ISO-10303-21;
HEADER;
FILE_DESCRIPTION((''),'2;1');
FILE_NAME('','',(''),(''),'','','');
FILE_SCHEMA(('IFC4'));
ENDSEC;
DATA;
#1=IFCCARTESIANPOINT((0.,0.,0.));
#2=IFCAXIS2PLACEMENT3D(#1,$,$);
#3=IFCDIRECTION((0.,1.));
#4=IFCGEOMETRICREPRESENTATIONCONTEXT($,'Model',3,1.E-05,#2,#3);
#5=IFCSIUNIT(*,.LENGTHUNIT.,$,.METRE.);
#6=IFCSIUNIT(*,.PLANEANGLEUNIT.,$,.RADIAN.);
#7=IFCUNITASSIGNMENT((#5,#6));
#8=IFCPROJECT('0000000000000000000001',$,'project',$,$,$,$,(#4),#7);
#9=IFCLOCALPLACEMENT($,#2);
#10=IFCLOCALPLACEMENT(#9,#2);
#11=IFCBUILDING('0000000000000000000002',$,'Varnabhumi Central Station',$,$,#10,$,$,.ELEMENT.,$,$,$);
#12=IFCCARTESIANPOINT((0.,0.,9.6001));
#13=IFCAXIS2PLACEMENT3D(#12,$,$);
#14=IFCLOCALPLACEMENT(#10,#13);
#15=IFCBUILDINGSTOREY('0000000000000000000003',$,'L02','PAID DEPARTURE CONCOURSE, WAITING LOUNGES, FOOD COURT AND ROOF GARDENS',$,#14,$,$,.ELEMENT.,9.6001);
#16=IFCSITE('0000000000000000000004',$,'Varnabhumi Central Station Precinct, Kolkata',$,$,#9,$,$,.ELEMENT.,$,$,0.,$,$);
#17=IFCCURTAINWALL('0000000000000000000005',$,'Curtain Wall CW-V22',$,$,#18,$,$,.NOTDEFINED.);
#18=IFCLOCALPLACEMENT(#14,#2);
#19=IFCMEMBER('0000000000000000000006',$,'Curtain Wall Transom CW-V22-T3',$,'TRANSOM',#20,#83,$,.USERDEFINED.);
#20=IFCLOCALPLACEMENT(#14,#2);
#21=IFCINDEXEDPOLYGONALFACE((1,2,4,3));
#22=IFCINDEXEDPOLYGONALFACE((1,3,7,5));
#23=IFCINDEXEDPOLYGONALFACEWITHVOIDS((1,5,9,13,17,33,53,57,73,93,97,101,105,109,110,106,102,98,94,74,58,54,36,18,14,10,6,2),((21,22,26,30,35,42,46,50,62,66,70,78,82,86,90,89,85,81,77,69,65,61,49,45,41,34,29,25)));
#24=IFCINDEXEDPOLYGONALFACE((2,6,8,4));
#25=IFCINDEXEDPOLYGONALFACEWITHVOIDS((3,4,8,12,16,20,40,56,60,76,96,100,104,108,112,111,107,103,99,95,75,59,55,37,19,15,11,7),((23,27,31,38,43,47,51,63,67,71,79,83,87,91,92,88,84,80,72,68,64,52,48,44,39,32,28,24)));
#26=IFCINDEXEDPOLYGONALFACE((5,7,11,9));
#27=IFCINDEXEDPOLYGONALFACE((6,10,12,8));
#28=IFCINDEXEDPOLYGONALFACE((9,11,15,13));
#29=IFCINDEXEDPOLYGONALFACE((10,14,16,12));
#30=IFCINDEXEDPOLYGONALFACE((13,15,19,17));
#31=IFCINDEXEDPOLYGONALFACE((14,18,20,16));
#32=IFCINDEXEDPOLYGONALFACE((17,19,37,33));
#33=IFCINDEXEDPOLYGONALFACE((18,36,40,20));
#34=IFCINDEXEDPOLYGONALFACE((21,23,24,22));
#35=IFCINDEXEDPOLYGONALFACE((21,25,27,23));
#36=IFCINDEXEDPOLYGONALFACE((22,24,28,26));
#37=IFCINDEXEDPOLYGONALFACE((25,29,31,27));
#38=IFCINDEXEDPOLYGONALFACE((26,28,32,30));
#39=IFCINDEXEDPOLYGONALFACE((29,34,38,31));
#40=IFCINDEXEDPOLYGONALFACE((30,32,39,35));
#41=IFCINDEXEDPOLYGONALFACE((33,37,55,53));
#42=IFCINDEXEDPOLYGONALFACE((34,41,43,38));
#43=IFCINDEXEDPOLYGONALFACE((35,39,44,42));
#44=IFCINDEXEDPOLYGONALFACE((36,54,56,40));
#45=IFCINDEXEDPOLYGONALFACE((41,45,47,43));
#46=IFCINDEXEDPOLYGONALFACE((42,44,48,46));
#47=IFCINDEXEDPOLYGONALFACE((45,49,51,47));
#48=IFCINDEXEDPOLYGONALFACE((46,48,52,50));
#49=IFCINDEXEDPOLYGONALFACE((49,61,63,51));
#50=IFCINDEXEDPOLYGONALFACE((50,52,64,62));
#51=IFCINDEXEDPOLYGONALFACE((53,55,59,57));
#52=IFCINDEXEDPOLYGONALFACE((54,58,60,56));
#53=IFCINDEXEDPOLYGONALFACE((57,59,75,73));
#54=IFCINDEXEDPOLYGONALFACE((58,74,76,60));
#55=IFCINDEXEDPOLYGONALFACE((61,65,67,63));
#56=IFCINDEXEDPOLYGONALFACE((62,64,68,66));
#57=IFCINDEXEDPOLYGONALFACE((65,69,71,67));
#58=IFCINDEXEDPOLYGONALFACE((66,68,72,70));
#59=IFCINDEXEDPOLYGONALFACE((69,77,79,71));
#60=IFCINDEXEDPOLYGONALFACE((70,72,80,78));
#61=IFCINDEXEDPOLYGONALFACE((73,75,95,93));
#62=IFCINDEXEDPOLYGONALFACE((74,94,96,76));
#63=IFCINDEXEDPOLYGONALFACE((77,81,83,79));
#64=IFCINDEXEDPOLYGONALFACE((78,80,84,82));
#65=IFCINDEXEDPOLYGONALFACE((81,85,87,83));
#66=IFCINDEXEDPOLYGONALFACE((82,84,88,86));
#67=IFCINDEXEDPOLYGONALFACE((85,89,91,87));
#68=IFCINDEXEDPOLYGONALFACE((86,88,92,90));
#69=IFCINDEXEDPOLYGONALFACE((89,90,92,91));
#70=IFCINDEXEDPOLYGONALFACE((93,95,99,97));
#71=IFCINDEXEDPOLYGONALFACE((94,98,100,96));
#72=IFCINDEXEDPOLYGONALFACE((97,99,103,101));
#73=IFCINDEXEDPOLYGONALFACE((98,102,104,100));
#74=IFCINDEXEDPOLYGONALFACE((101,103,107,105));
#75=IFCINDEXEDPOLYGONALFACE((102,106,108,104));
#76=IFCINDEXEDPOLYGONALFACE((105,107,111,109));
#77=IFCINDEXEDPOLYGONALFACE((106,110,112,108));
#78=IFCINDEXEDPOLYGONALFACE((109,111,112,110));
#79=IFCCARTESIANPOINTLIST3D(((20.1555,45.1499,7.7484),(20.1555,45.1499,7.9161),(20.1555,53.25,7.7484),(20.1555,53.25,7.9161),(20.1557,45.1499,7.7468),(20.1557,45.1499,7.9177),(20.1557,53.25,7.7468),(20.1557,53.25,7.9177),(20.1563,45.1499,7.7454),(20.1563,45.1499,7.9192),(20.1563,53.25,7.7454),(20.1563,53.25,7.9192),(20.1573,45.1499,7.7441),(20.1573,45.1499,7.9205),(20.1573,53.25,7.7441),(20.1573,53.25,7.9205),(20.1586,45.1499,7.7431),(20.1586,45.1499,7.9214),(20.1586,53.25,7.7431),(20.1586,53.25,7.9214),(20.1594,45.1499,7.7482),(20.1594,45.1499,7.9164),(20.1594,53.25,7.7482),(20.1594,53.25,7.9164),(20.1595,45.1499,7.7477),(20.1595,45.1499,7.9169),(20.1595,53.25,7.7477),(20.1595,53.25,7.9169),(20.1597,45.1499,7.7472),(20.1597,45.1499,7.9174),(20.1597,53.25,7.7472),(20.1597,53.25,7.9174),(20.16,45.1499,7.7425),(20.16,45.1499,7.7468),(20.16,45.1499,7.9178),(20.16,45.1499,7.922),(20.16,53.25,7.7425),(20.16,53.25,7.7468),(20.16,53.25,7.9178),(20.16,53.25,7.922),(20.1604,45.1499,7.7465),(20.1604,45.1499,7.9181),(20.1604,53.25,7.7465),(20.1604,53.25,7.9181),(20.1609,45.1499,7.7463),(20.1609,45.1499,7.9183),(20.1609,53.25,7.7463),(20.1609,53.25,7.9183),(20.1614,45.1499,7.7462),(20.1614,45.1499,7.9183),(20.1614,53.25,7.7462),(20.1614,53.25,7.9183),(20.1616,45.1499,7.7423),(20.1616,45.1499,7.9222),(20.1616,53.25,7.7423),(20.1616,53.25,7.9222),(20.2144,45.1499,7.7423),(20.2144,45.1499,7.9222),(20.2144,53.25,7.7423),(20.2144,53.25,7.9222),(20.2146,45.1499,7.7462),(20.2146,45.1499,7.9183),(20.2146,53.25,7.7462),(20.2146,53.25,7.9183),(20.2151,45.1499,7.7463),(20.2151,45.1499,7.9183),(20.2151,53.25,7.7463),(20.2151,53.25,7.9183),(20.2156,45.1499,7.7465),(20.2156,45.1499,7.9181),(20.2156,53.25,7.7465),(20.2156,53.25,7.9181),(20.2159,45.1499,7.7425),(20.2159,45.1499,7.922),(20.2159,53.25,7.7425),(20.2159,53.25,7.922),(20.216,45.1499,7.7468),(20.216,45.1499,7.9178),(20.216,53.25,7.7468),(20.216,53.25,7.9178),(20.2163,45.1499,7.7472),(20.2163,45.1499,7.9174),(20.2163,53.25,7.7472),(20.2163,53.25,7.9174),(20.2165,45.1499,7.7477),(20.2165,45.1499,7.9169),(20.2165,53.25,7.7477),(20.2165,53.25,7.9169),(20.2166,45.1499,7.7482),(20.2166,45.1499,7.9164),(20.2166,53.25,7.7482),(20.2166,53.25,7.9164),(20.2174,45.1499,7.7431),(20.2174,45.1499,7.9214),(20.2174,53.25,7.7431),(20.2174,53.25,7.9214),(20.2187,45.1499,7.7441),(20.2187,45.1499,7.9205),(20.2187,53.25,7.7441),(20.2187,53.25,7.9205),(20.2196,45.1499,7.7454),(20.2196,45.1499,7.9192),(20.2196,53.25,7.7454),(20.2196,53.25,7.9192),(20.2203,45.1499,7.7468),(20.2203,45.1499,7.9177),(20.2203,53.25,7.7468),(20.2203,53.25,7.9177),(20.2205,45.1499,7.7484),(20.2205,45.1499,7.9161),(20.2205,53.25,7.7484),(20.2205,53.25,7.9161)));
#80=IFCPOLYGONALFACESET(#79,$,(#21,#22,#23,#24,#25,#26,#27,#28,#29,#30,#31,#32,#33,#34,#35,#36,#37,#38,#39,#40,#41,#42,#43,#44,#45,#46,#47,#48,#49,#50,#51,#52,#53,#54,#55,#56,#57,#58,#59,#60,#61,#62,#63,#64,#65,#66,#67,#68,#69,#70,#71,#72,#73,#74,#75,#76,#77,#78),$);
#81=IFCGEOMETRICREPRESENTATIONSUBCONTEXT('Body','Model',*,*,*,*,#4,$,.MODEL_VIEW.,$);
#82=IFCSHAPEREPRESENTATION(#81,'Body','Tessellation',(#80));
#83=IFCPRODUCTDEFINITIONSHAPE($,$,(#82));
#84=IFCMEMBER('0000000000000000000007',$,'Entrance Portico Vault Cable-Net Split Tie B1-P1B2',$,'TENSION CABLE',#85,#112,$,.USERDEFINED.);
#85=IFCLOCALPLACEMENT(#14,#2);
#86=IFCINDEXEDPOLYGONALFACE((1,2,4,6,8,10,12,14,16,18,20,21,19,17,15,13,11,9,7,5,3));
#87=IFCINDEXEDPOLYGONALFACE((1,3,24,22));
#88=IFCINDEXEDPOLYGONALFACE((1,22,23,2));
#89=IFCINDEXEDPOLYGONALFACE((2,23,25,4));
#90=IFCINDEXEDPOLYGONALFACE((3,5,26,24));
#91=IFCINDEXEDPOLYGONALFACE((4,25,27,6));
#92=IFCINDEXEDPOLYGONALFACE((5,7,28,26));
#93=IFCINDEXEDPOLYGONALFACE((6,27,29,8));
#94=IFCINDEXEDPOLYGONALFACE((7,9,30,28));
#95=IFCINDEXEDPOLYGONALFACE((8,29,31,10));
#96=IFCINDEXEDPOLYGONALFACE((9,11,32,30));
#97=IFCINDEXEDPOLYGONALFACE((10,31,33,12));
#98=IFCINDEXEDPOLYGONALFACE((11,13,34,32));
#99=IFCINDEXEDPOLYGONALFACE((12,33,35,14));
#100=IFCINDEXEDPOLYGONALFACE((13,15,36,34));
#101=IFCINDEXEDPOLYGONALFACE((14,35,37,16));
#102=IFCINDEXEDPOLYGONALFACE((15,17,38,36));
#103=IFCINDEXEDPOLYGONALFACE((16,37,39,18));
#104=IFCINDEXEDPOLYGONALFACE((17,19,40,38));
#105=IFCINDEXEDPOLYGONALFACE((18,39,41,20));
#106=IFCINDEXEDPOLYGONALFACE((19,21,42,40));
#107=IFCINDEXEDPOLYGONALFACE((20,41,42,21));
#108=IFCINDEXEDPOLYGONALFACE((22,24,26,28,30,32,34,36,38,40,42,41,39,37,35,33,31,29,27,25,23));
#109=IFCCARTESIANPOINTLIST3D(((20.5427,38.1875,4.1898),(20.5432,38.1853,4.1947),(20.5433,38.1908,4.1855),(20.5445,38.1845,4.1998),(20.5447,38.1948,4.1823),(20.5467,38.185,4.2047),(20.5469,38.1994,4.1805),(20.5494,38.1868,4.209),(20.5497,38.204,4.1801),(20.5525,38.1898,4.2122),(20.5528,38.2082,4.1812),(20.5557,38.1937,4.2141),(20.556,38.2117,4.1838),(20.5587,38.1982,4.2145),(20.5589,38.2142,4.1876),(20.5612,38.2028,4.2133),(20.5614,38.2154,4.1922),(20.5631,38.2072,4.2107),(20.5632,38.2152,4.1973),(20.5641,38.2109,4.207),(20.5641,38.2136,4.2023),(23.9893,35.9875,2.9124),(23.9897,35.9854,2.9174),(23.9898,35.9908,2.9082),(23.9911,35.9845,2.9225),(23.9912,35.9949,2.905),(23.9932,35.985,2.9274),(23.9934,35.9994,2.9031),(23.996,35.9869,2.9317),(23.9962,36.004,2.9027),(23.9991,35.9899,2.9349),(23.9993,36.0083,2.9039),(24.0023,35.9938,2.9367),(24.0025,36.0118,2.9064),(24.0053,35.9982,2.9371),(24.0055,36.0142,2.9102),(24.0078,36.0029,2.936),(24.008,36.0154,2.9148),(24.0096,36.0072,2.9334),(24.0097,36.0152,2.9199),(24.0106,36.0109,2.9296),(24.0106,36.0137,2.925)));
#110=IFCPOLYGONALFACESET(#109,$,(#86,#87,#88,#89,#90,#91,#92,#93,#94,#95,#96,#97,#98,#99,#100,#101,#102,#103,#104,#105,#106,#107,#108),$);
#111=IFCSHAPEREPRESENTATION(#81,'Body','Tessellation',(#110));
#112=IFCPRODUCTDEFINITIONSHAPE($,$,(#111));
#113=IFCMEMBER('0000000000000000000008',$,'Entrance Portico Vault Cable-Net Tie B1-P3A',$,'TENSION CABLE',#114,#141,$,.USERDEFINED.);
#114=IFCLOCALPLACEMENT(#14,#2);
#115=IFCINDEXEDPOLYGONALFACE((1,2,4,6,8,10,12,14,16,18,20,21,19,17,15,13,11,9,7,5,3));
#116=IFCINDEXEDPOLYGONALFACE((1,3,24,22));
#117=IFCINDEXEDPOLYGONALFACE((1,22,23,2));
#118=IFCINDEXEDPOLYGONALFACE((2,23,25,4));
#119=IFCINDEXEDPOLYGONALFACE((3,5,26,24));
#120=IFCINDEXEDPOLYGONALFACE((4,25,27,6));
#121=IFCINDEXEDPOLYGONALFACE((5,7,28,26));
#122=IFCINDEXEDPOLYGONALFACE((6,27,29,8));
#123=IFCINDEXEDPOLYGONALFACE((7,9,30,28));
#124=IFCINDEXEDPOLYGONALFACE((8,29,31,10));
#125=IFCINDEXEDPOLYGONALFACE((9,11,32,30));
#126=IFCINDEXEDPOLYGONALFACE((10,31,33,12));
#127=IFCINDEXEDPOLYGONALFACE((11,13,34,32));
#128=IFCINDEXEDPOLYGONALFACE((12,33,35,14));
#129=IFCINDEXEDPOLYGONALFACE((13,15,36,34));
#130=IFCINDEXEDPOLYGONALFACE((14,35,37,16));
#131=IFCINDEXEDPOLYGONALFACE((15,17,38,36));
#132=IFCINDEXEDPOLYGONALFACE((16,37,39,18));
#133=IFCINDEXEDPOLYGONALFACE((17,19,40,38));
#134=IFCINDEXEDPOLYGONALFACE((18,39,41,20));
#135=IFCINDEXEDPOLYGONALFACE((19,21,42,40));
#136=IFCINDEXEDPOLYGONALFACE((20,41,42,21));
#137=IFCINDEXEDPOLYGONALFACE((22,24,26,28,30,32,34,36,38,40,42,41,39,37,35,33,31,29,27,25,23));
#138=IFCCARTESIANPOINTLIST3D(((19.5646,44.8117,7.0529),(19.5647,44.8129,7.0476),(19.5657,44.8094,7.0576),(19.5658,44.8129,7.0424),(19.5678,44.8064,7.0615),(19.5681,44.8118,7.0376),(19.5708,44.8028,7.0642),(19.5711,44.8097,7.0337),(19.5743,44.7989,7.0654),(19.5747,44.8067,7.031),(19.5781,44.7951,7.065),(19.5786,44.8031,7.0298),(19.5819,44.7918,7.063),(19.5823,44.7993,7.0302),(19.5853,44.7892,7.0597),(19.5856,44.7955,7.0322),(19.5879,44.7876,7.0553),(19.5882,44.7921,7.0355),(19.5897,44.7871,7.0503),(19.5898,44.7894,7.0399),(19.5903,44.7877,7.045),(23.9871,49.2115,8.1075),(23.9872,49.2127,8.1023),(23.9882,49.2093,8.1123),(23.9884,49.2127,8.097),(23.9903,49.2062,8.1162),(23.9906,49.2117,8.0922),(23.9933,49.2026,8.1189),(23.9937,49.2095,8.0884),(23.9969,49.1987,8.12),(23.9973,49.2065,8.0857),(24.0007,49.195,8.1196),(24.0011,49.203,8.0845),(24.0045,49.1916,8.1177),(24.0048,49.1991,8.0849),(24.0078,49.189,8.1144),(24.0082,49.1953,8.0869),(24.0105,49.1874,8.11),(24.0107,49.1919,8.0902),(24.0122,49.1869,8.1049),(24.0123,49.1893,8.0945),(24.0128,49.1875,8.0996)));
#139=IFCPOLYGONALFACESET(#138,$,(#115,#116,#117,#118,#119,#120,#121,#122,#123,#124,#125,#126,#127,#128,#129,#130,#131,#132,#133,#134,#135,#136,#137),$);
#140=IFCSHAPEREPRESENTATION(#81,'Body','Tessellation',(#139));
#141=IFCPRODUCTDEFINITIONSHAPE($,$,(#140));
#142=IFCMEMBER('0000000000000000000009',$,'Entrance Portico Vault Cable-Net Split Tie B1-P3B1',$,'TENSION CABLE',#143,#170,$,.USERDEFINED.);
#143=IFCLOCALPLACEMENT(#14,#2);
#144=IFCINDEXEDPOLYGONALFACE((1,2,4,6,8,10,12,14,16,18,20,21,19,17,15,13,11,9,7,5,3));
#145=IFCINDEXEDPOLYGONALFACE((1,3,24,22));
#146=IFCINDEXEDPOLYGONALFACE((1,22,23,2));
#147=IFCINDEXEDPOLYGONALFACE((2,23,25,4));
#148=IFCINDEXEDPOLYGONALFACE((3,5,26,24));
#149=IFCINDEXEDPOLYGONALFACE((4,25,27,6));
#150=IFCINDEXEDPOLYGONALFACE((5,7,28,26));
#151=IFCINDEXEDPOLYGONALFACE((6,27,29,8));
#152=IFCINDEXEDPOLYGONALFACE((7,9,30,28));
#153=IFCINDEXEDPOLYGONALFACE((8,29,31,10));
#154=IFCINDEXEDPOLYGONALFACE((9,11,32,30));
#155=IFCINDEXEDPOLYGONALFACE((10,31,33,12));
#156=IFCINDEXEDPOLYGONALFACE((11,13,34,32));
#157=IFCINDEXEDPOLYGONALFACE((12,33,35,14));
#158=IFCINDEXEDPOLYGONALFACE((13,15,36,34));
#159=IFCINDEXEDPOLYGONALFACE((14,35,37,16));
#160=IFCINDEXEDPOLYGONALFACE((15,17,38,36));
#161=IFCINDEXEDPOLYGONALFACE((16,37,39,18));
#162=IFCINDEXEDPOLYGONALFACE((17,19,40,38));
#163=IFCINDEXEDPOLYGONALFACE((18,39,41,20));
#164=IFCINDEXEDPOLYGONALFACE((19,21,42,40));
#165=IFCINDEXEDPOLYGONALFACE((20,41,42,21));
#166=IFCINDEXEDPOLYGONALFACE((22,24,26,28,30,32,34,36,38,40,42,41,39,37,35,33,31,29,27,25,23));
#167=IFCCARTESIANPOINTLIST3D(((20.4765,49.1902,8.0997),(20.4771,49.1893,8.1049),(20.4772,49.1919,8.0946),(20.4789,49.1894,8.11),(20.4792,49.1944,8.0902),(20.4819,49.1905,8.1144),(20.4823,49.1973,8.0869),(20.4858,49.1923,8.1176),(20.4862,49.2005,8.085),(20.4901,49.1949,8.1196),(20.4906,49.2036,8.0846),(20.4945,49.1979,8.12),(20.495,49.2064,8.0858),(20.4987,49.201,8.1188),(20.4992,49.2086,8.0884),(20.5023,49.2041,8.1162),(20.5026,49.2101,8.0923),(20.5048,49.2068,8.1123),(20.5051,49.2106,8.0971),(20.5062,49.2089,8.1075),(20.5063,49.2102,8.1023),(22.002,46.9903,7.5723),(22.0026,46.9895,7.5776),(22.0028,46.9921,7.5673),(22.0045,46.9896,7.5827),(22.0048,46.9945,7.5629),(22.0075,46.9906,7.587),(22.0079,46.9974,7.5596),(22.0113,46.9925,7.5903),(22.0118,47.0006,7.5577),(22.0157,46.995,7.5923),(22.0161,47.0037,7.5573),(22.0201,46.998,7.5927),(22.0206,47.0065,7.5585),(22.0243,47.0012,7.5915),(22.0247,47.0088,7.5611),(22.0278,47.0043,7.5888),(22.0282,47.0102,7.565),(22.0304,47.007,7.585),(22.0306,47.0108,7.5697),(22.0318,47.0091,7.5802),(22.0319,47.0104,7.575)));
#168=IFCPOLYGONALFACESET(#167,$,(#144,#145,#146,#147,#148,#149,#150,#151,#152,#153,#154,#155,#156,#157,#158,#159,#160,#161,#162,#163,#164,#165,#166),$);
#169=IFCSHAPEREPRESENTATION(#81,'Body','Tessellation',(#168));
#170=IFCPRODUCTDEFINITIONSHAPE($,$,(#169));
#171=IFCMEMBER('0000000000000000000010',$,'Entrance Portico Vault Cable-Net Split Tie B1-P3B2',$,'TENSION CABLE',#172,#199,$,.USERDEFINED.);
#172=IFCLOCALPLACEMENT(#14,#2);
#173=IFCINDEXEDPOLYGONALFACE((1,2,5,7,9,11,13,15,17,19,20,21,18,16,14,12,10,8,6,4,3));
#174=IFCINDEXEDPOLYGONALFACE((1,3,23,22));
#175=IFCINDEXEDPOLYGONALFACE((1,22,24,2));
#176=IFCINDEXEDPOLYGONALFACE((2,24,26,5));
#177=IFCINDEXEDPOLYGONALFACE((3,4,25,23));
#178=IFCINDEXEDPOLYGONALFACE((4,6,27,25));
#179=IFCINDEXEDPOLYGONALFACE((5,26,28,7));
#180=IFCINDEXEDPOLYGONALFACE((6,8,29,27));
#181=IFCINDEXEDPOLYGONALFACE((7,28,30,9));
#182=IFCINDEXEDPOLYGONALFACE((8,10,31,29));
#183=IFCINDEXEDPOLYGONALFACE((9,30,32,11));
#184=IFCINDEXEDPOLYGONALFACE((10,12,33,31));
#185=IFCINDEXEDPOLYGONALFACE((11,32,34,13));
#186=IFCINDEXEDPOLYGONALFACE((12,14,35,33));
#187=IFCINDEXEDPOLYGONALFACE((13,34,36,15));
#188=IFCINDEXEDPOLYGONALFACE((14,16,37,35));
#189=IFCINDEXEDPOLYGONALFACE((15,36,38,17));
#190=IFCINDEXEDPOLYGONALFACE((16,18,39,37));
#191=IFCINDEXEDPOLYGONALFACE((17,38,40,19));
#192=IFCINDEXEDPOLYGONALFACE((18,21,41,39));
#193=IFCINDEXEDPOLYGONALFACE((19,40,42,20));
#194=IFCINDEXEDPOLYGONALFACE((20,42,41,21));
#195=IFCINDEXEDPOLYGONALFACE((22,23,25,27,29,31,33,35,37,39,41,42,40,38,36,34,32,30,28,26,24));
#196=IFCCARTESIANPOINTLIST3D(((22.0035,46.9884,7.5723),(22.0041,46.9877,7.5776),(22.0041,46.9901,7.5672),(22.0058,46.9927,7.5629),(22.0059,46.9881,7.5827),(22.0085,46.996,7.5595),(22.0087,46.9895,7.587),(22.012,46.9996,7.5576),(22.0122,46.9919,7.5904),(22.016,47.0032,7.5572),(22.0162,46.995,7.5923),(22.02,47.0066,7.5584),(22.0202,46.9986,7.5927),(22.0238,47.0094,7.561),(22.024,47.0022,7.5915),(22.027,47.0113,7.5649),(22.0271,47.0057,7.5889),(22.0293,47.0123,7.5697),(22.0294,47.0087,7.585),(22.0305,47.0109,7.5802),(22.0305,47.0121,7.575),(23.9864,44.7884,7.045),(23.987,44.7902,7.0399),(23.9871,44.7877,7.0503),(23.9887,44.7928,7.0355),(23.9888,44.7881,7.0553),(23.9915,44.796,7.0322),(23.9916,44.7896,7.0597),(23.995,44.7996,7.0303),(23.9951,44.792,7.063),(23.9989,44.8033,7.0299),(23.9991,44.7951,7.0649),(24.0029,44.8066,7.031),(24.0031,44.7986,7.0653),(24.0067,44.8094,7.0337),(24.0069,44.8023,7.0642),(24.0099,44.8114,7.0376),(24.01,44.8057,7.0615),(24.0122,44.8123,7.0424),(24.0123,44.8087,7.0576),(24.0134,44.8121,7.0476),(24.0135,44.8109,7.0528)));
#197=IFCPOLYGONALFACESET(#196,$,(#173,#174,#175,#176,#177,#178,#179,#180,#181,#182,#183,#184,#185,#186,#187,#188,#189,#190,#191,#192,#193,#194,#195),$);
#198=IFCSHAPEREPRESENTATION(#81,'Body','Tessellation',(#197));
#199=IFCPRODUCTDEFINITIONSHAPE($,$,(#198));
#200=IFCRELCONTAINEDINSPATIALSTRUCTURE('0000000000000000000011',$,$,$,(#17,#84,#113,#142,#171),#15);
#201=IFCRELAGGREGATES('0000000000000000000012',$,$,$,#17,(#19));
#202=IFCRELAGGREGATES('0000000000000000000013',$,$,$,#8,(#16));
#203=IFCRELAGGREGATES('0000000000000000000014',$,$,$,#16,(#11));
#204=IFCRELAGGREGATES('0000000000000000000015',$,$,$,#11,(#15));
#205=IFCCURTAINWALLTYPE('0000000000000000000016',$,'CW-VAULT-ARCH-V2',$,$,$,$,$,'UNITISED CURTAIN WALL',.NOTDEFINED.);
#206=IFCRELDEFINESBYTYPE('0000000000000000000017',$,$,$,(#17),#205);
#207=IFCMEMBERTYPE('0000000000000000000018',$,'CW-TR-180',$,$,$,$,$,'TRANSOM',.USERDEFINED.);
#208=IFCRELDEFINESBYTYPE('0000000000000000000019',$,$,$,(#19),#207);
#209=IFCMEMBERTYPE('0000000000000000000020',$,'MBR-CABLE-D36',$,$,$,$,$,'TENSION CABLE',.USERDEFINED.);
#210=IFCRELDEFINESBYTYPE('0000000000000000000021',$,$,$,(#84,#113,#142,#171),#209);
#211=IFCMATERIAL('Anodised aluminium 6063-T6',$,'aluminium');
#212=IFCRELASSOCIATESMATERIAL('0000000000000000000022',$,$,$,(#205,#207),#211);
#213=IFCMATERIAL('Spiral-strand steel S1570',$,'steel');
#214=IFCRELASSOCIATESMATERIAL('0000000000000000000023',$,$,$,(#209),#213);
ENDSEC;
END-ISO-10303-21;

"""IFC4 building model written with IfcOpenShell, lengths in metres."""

from ifc_helpers import new_model, si_unit, direction, frame, origin, origin_2d, place, context, subcontext, project, spatial, hollow_rectangle, circle, extrude, material, material_profile, profile_set, type_object, element, aggregate, save


model = new_model("IFC4")

# Units and contexts
model_context = context("Model", 3, precision=1e-05, world=origin(), true_north=direction((0.0, 1.0)))
body_context = subcontext(model_context, "Body", "Model", "MODEL_VIEW")
ifc_project = project(units=[si_unit("LENGTHUNIT", "METRE"), si_unit("PLANEANGLEUNIT", "RADIAN")], contexts=[model_context])

# Site, building, storey
site_placement = place(None, origin())
site = spatial("IfcSite", under=ifc_project, at=site_placement, Name="Varnabhumi Central Station Precinct, Kolkata", CompositionType="ELEMENT", RefElevation=0.0)
building_placement = place(site_placement, origin())
building = spatial("IfcBuilding", under=site, at=building_placement, Name="Varnabhumi Central Station", CompositionType="ELEMENT")
storey_placement = place(building_placement, frame((0.0, 0.0, 9.6001)))
storey = spatial("IfcBuildingStorey", under=building, at=storey_placement, Name="L02", Description="PAID DEPARTURE CONCOURSE, WAITING LOUNGES, FOOD COURT AND ROOF GARDENS", CompositionType="ELEMENT", Elevation=9.6001)

# Curtain wall, member
ifc_material_1 = material(Name="Anodised aluminium 6063-T6", Category="aluminium")
curtain_wall_type = type_object("IfcCurtainWallType", Name="CW-VAULT-ARCH-V2", ElementType="UNITISED CURTAIN WALL", PredefinedType="NOTDEFINED", material=ifc_material_1)
curtain_wall_placement = place(storey_placement, origin())
curtain_wall = element("IfcCurtainWall", 1, at=curtain_wall_placement, inside=storey, type_object=curtain_wall_type, Name="Curtain Wall CW-V22", PredefinedType="NOTDEFINED")
ifc_material_profile_1 = material_profile(ifc_material_1, hollow_rectangle(XDim=0.0649, YDim=0.1799, WallThickness=0.0039, InnerFilletRadius=0.002, OuterFilletRadius=0.0061, at=origin_2d()), Name="Anodised aluminium 6063-T6", Category="aluminium")
ifc_profile_set_1 = profile_set([ifc_material_profile_1], Name="Anodised aluminium 6063-T6")
member_type_1 = type_object("IfcMemberType", Name="CW-TR-180", ElementType="TRANSOM", PredefinedType="USERDEFINED", material=ifc_profile_set_1)
member_1_placement = place(storey_placement, frame((20.188, 45.1499, 7.8323), z_axis=(0.0, 1.0, 0.0), x_axis=(-1.0, 0.0, 0.0)))
member_1 = element("IfcMember", 2, at=member_1_placement, type_object=member_type_1, Name="Curtain Wall Transom CW-V22-T3", ObjectType="TRANSOM", PredefinedType="USERDEFINED", context=body_context, shape_type="SweptSolid", body=[
    extrude(hollow_rectangle(XDim=0.0649, YDim=0.1799, WallThickness=0.0039, InnerFilletRadius=0.002, OuterFilletRadius=0.0061, at=origin_2d()), origin(), (0.0, 0.0, 1.0), 8.1001),
])

# Members
ifc_material_2 = material(Name="Spiral-strand steel S1570", Category="steel")
ifc_material_profile_2 = material_profile(ifc_material_2, circle(Radius=0.0181, at=origin_2d()), Name="Spiral-strand steel S1570", Category="steel")
ifc_profile_set_2 = profile_set([ifc_material_profile_2], Name="Spiral-strand steel S1570")
member_type_2 = type_object("IfcMemberType", Name="MBR-CABLE-D36", ElementType="TENSION CABLE", PredefinedType="USERDEFINED", material=ifc_profile_set_2)
member_2_placement = place(storey_placement, frame((20.5535, 38.2, 4.1973), z_axis=(0.804571, -0.513565, -0.298188), x_axis=(0.538042, 0.842918, 0.0)))
element("IfcMember", 3, at=member_2_placement, inside=storey, type_object=member_type_2, Name="Entrance Portico Vault Cable-Net Split Tie B1-P1B2", ObjectType="TENSION CABLE", PredefinedType="USERDEFINED", context=body_context, shape_type="SweptSolid", body=[
    extrude(circle(Radius=0.0181, at=origin_2d()), origin(), (0.0, 0.0, 1.0), 4.2837),
])
member_3_placement = place(storey_placement, frame((19.5774, 44.8, 7.0476), z_axis=(0.699005, 0.695417, 0.166696), x_axis=(-0.705285, 0.708924, 0.0)))
element("IfcMember", 4, at=member_3_placement, inside=storey, type_object=member_type_2, Name="Entrance Portico Vault Cable-Net Tie B1-P3A", ObjectType="TENSION CABLE", PredefinedType="USERDEFINED", context=body_context, shape_type="SweptSolid", body=[
    extrude(circle(Radius=0.0181, at=origin_2d()), origin(), (0.0, 0.0, 1.0), 6.3269),
])
member_4_placement = place(storey_placement, frame((20.4915, 49.2, 8.1023), z_axis=(0.559121, -0.806247, -0.193263), x_axis=(0.821739, 0.569864, 0.0)))
element("IfcMember", 5, at=member_4_placement, inside=storey, type_object=member_type_2, Name="Entrance Portico Vault Cable-Net Split Tie B1-P3B1", ObjectType="TENSION CABLE", PredefinedType="USERDEFINED", context=body_context, shape_type="SweptSolid", body=[
    extrude(circle(Radius=0.0181, at=origin_2d()), origin(), (0.0, 0.0, 1.0), 2.7285),
])
member_5_placement = place(storey_placement, frame((22.0171, 47.0, 7.575), z_axis=(0.659149, -0.731296, -0.175297), x_axis=(0.742798, 0.669516, 0.0)))
element("IfcMember", 6, at=member_5_placement, inside=storey, type_object=member_type_2, Name="Entrance Portico Vault Cable-Net Split Tie B1-P3B2", ObjectType="TENSION CABLE", PredefinedType="USERDEFINED", context=body_context, shape_type="SweptSolid", body=[
    extrude(circle(Radius=0.0181, at=origin_2d()), origin(), (0.0, 0.0, 1.0), 3.0083),
])

aggregate(curtain_wall, [member_1])

save(model, "model.ifc")
